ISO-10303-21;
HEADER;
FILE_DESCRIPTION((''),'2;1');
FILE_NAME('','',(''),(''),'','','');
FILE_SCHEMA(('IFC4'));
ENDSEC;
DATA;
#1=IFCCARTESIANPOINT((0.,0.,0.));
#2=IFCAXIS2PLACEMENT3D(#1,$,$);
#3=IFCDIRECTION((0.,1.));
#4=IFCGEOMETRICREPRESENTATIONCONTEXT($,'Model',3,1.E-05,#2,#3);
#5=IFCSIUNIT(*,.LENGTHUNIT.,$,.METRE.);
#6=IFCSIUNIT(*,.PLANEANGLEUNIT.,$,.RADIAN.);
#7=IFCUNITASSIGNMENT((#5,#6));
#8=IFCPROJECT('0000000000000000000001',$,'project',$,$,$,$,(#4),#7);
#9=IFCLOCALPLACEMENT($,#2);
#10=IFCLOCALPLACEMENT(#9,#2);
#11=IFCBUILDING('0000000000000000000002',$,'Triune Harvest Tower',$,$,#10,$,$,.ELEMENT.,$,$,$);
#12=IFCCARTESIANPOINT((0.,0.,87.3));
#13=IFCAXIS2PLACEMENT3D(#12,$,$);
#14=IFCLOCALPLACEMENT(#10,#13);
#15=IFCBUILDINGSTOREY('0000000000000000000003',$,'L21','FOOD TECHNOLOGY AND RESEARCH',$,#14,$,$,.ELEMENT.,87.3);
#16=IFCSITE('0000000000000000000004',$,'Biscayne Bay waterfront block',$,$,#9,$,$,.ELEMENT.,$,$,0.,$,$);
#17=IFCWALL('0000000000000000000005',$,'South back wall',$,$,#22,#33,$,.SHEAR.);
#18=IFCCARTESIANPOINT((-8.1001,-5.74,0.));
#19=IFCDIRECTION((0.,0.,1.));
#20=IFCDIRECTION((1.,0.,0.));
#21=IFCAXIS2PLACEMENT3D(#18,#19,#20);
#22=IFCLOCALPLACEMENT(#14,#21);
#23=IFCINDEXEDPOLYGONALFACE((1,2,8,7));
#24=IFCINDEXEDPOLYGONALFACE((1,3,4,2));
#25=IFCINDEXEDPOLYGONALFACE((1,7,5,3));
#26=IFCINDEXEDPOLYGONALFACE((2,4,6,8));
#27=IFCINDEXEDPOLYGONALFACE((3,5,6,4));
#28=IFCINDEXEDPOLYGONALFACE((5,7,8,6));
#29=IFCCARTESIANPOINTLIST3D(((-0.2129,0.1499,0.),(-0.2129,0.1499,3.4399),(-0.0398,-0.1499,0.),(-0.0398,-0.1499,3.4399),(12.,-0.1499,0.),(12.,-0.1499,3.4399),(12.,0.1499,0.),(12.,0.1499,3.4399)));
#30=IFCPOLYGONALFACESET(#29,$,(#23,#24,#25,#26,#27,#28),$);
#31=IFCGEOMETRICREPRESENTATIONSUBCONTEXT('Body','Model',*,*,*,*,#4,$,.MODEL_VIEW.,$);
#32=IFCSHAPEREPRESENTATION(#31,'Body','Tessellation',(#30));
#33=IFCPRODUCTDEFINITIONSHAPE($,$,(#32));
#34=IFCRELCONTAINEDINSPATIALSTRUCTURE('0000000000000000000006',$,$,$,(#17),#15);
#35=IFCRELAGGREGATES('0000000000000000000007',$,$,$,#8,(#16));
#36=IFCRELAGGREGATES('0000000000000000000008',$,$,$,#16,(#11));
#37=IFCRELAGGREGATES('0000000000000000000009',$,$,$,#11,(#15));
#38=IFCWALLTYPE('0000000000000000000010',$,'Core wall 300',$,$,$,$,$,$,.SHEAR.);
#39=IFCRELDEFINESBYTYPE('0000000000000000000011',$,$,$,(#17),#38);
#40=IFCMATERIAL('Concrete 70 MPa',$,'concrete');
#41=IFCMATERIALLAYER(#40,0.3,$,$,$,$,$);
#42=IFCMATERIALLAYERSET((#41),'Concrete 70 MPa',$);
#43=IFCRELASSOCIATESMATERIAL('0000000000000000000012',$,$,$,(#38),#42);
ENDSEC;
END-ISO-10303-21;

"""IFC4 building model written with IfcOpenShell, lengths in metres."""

from ifc_helpers import new_model, si_unit, direction, frame, origin, place, context, subcontext, project, spatial, polyline, outline, extrude, source, transform, mapped, material, layer, layer_set, type_object, element, save


model = new_model("IFC4")

# Units and contexts
model_context = context("Model", 3, precision=1e-05, world=origin(), true_north=direction((0.0, 1.0)))
body_context = subcontext(model_context, "Body", "Model", "MODEL_VIEW")
ifc_project = project(units=[si_unit("LENGTHUNIT", "METRE"), si_unit("PLANEANGLEUNIT", "RADIAN")], contexts=[model_context])

# Site, building, storey
site_placement = place(None, origin())
site = spatial("IfcSite", under=ifc_project, at=site_placement, Name="Biscayne Bay waterfront block", CompositionType="ELEMENT", RefElevation=0.0)
building_placement = place(site_placement, origin())
building = spatial("IfcBuilding", under=site, at=building_placement, Name="Triune Harvest Tower", CompositionType="ELEMENT")
storey_placement = place(building_placement, frame((0.0, 0.0, 87.3)))
storey = spatial("IfcBuildingStorey", under=building, at=storey_placement, Name="L21", Description="FOOD TECHNOLOGY AND RESEARCH", CompositionType="ELEMENT", Elevation=87.3)

# Shared definitions
ifc_material_1 = material(Name="Concrete 70 MPa", Category="concrete")
ifc_layer_1 = layer(ifc_material_1, 0.3)
ifc_layer_set_1 = layer_set([ifc_layer_1], Name="Concrete 70 MPa")
wall_type_1 = type_object("IfcWallType", Name="Core wall 300", PredefinedType="SHEAR", material=ifc_layer_set_1)

# Wall
shared_shape_1 = source(origin(), body_context, "Body", "SweptSolid", [
    extrude(outline(polyline([(12.0, -0.1499), (-0.0398, -0.1499), (-0.2129, 0.1499), (12.0, 0.1499), (12.0, -0.1499)])), origin(), (0.0, 0.0, 1.0), 3.4399),
])
wall_1_placement = place(storey_placement, frame((-8.1001, -5.74, 0.0), z_axis=(0.0, 0.0, 1.0), x_axis=(1.0, 0.0, 0.0)))
element("IfcWall", 1, at=wall_1_placement, inside=storey, type_object=wall_type_1, Name="South back wall", PredefinedType="SHEAR", context=body_context, shape_type="MappedRepresentation", body=[
    mapped(shared_shape_1, transform((0.0, 0.0, 0.0), scale=1.0)),
])

save(model, "model.ifc")
